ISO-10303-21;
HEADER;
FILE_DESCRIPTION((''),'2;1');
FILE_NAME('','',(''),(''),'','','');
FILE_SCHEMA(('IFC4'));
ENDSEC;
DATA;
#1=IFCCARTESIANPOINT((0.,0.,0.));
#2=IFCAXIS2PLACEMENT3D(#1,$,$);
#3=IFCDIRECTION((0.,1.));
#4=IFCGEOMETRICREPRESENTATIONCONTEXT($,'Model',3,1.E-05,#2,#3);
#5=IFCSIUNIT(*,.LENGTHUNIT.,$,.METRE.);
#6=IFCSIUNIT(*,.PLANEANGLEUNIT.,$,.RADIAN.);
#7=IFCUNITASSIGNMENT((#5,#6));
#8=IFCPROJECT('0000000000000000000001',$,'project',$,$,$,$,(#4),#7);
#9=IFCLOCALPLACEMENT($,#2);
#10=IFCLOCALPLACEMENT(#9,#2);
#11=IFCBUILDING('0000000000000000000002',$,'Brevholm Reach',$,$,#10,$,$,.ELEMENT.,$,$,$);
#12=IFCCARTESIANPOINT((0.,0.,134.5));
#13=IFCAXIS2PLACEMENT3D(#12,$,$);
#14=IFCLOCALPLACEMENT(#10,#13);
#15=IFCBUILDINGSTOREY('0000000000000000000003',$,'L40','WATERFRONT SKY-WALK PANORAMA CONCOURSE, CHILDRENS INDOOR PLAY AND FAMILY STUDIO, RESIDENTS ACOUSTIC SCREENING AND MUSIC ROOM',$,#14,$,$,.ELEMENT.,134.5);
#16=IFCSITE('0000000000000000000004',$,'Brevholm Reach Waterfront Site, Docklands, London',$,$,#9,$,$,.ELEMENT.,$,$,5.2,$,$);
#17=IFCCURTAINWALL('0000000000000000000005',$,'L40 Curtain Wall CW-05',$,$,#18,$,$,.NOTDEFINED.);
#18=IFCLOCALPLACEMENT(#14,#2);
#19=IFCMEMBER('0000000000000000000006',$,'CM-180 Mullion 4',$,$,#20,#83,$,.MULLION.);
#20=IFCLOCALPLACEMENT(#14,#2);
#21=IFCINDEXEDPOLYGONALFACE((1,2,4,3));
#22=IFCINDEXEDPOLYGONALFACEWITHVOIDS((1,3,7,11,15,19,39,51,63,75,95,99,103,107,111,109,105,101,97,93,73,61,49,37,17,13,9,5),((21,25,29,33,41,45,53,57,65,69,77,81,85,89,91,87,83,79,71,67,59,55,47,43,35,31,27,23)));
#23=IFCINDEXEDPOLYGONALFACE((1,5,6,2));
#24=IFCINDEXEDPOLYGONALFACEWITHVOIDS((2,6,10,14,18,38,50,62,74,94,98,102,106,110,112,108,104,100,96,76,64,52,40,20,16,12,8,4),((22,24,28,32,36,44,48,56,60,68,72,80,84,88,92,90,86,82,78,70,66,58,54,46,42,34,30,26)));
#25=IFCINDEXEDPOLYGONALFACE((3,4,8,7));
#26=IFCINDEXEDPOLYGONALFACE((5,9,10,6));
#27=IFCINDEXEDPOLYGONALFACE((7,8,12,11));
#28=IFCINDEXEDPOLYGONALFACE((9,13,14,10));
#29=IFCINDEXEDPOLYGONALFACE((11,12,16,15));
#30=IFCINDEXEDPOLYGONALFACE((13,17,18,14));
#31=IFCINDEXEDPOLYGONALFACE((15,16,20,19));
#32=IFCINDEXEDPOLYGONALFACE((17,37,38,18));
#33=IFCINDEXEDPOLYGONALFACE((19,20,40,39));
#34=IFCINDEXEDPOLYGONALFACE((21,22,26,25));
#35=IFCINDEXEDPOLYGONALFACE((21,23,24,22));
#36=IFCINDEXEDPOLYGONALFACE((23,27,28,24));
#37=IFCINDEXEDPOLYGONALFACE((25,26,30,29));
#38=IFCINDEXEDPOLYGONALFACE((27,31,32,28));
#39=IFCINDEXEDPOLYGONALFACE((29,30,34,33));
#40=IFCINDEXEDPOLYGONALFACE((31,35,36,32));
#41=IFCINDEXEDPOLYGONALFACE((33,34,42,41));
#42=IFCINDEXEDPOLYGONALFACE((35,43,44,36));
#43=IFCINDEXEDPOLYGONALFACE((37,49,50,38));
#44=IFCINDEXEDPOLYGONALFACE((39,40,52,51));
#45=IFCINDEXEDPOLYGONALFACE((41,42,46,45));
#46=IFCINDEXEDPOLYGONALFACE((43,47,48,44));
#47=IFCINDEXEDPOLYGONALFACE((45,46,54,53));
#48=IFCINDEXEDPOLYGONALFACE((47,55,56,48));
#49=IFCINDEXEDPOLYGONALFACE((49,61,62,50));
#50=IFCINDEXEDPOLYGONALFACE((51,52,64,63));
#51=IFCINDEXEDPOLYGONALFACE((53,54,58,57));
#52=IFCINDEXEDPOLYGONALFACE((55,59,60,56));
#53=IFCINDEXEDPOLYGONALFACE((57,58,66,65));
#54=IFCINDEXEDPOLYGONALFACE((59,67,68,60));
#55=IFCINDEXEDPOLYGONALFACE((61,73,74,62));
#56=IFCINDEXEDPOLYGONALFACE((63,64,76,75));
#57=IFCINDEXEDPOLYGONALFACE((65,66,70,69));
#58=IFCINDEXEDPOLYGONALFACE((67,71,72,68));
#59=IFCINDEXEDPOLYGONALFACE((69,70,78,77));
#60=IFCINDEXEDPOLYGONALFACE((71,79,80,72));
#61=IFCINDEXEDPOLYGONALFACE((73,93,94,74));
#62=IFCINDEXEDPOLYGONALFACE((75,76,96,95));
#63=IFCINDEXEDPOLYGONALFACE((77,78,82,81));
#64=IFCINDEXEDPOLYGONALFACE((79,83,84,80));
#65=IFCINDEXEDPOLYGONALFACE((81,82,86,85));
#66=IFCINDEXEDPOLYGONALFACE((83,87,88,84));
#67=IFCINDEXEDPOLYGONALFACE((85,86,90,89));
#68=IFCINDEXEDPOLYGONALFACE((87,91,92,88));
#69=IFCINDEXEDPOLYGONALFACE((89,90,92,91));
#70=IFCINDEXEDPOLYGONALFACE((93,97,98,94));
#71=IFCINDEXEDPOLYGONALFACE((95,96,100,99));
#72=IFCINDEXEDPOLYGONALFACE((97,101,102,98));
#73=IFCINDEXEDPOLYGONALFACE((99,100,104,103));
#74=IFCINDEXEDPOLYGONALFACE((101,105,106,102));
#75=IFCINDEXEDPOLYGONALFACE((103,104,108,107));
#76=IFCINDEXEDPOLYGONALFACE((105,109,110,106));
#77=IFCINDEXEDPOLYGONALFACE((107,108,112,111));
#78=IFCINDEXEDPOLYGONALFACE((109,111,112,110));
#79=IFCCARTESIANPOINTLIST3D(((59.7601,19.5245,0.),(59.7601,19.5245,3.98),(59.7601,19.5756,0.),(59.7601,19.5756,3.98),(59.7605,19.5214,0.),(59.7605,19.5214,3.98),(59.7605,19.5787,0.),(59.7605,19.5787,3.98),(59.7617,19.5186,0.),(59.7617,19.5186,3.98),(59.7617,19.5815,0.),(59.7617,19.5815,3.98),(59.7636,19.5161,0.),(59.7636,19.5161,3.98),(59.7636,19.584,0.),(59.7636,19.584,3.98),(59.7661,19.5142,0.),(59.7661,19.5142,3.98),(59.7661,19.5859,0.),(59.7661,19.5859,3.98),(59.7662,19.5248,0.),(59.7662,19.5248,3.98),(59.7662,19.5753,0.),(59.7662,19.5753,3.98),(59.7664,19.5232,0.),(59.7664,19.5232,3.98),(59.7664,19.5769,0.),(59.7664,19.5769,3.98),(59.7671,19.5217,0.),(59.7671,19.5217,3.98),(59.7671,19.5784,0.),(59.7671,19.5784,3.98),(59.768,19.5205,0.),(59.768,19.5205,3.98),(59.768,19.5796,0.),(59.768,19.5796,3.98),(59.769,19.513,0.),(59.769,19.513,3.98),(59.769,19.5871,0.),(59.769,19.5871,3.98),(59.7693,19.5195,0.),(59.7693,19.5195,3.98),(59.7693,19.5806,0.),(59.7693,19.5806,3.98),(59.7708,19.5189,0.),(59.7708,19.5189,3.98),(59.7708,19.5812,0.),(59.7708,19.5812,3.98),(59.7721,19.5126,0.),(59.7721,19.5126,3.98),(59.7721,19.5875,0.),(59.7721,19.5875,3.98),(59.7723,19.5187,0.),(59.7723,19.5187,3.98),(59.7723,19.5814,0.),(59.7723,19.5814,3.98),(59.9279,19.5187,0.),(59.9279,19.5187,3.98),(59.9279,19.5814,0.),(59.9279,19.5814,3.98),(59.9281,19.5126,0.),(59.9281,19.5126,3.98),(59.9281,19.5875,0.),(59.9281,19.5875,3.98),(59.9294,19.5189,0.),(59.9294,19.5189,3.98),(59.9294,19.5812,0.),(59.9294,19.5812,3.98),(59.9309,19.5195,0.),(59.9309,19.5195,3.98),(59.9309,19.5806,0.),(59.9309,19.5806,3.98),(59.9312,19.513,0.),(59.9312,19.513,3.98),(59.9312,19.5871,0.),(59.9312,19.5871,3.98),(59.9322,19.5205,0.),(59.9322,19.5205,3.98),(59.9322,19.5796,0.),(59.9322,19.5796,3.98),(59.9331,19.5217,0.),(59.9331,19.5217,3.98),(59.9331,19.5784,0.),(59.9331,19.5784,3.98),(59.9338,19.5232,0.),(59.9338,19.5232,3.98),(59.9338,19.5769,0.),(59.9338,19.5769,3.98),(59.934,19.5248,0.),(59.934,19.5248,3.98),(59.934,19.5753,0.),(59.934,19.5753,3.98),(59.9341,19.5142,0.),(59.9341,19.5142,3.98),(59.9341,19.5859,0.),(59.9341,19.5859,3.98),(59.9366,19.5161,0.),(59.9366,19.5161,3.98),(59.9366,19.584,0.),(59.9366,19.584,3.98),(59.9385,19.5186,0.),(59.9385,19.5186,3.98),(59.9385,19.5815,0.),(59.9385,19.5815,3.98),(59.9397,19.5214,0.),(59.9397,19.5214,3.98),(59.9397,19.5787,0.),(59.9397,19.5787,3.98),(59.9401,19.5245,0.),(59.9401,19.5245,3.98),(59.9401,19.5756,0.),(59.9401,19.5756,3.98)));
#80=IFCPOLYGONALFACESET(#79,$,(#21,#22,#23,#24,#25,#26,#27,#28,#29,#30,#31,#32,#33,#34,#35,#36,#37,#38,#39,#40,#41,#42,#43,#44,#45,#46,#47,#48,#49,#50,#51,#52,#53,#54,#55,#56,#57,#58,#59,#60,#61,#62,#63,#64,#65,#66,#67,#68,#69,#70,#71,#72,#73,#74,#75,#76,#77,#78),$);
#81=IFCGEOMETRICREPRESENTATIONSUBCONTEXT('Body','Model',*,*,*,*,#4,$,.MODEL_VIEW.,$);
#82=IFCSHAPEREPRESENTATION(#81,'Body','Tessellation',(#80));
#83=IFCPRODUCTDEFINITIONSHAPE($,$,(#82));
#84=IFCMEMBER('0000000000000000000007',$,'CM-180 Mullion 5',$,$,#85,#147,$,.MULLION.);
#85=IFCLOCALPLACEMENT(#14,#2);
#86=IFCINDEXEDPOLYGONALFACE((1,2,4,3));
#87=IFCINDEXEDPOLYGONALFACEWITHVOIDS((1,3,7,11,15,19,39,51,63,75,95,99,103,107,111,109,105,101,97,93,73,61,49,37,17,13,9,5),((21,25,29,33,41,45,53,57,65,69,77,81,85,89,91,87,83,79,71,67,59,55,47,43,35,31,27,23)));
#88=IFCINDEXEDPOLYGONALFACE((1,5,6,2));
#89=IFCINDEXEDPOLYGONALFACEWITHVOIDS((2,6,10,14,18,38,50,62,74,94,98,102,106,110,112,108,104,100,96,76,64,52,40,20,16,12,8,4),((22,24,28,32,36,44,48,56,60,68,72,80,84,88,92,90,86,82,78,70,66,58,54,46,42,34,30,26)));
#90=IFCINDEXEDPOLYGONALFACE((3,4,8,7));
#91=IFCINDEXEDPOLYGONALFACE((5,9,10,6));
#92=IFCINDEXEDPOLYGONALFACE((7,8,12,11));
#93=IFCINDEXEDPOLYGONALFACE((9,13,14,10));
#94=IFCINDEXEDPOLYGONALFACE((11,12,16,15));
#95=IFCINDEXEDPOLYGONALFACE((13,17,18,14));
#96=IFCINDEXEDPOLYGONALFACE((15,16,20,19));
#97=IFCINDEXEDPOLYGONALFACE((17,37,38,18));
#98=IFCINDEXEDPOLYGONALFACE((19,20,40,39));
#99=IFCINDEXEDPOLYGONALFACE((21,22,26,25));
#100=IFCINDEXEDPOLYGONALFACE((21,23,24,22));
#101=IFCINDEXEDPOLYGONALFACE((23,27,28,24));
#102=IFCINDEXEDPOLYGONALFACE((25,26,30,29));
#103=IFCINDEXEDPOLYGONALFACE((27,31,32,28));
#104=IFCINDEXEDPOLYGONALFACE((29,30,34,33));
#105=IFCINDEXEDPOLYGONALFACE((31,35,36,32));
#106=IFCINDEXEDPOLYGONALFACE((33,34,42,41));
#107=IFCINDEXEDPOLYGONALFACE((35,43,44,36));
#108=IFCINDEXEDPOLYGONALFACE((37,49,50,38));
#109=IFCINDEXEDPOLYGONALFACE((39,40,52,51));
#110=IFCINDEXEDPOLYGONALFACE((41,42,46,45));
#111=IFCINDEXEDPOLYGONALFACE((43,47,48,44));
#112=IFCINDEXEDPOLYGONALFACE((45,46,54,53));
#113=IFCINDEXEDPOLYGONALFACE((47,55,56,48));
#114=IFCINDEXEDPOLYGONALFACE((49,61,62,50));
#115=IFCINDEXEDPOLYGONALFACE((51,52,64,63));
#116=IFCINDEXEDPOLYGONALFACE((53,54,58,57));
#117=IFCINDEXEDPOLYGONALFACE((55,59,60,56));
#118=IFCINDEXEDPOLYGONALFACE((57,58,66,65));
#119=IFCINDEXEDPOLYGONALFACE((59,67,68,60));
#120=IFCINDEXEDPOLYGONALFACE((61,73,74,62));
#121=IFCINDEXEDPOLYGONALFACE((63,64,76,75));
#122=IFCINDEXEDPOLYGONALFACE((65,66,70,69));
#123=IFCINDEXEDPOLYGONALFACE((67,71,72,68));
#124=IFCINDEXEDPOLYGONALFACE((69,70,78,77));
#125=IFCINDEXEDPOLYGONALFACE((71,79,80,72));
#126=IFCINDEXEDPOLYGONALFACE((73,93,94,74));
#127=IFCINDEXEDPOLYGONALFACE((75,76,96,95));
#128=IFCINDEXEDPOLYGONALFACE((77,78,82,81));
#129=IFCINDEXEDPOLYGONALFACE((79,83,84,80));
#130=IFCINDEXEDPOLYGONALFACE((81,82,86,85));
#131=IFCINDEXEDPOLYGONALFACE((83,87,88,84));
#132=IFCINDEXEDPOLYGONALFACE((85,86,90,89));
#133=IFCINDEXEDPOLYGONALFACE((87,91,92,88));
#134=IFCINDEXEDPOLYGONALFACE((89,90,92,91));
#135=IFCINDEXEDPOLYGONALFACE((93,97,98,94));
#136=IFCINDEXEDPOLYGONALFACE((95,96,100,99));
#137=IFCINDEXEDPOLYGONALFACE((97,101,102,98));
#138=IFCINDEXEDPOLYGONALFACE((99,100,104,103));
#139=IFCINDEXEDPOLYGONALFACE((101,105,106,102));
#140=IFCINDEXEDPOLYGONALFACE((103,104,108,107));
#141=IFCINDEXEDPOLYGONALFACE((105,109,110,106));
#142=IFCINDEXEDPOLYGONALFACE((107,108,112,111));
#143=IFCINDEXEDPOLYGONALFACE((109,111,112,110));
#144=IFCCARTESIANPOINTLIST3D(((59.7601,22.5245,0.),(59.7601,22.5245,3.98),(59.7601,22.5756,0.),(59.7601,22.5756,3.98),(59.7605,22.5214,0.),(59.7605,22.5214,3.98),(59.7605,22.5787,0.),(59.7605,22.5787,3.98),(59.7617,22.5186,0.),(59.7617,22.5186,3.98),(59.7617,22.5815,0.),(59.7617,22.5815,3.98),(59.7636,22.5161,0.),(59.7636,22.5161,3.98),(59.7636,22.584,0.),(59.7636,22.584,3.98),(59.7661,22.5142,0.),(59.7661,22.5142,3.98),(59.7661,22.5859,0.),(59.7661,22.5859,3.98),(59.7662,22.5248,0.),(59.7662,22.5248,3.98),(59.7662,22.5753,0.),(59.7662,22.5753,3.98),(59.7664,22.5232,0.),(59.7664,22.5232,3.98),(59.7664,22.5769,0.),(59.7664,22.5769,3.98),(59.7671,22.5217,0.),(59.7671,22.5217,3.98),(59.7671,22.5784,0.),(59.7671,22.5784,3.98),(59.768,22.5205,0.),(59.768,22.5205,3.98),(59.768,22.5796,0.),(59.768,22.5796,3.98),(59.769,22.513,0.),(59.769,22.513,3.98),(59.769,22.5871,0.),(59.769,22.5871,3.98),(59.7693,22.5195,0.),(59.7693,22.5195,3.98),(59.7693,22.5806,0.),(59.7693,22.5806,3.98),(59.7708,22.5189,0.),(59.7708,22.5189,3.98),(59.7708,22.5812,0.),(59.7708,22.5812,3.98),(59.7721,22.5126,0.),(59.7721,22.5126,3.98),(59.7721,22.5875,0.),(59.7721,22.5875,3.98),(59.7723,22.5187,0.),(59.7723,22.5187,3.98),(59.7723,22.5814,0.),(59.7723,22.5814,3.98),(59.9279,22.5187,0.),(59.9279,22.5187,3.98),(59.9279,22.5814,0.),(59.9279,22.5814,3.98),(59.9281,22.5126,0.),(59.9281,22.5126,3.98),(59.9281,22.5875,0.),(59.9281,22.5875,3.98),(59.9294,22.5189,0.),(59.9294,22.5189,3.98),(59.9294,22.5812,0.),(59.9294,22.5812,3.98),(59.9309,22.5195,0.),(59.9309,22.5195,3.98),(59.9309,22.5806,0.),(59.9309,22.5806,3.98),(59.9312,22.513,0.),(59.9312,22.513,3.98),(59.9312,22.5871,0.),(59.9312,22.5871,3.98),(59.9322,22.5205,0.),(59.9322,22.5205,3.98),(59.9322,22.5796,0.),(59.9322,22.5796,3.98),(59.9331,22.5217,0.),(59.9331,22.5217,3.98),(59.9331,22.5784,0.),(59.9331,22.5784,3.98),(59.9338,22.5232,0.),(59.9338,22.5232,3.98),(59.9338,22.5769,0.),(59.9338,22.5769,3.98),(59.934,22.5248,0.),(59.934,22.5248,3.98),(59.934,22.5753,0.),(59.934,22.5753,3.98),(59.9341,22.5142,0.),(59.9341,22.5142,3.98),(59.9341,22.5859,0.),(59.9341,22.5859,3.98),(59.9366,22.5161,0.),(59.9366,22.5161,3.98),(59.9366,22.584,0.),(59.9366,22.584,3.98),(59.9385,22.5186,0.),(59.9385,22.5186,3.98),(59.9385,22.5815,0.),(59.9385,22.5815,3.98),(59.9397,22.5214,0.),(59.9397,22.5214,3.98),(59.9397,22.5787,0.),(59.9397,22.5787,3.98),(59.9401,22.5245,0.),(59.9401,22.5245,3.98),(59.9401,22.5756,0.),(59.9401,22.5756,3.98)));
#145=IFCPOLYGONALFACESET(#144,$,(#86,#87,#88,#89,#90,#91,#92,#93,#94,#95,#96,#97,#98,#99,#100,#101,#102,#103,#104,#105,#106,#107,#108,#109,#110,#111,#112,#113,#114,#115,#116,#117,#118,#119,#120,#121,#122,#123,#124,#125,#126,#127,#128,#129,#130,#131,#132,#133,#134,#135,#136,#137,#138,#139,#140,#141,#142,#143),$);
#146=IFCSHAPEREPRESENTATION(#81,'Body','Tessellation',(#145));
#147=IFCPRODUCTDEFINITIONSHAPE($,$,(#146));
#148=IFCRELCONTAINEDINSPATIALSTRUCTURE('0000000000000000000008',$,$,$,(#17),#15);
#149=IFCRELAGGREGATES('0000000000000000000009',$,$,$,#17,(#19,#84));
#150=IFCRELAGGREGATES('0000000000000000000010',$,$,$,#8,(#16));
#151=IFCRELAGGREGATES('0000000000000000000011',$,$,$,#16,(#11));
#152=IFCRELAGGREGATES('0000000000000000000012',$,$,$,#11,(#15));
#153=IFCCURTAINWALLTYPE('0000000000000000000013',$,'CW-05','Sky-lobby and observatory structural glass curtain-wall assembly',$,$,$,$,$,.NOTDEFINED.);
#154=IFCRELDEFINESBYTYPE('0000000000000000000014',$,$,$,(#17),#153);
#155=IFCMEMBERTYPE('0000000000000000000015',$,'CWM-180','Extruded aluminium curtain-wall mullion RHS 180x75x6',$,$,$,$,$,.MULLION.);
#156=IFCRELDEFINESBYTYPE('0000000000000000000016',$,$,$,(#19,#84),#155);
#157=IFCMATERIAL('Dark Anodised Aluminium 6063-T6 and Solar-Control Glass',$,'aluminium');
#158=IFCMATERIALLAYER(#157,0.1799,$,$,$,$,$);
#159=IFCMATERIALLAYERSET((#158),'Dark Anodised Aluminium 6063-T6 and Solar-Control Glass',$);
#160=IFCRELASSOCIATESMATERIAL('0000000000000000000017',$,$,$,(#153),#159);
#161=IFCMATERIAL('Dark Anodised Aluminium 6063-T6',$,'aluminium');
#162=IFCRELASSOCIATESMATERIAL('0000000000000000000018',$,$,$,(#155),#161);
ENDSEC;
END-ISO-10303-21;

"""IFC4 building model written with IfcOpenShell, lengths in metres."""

from ifc_helpers import new_model, si_unit, direction, frame, origin, origin_2d, place, context, subcontext, project, spatial, hollow_rectangle, extrude, material, layer, layer_set, material_profile, profile_set, type_object, element, aggregate, save


model = new_model("IFC4")

# Units and contexts
model_context = context("Model", 3, precision=1e-05, world=origin(), true_north=direction((0.0, 1.0)))
body_context = subcontext(model_context, "Body", "Model", "MODEL_VIEW")
ifc_project = project(units=[si_unit("LENGTHUNIT", "METRE"), si_unit("PLANEANGLEUNIT", "RADIAN")], contexts=[model_context])

# Site, building, storey
site_placement = place(None, origin())
site = spatial("IfcSite", under=ifc_project, at=site_placement, Name="Brevholm Reach Waterfront Site, Docklands, London", CompositionType="ELEMENT", RefElevation=5.2)
building_placement = place(site_placement, origin())
building = spatial("IfcBuilding", under=site, at=building_placement, Name="Brevholm Reach", CompositionType="ELEMENT")
storey_placement = place(building_placement, frame((0.0, 0.0, 134.5)))
storey = spatial("IfcBuildingStorey", under=building, at=storey_placement, Name="L40", Description="WATERFRONT SKY-WALK PANORAMA CONCOURSE, CHILDRENS INDOOR PLAY AND FAMILY STUDIO, RESIDENTS ACOUSTIC SCREENING AND MUSIC ROOM", CompositionType="ELEMENT", Elevation=134.5)

# Curtain wall, members
ifc_material_1 = material(Name="Dark Anodised Aluminium 6063-T6 and Solar-Control Glass", Category="aluminium")
ifc_layer_1 = layer(ifc_material_1, 0.1799)
ifc_layer_set_1 = layer_set([ifc_layer_1], Name="Dark Anodised Aluminium 6063-T6 and Solar-Control Glass")
curtain_wall_type = type_object("IfcCurtainWallType", Name="CW-05", Description="Sky-lobby and observatory structural glass curtain-wall assembly", PredefinedType="NOTDEFINED", material=ifc_layer_set_1)
curtain_wall_placement = place(storey_placement, origin())
curtain_wall = element("IfcCurtainWall", 1, at=curtain_wall_placement, inside=storey, type_object=curtain_wall_type, Name="L40 Curtain Wall CW-05", PredefinedType="NOTDEFINED")
ifc_material_2 = material(Name="Dark Anodised Aluminium 6063-T6", Category="aluminium")
ifc_material_profile_1 = material_profile(ifc_material_2, hollow_rectangle(XDim=0.075, YDim=0.1799, WallThickness=0.0061, InnerFilletRadius=0.0061, OuterFilletRadius=0.012, at=origin_2d()), Name="RHS 180x75x6")
ifc_profile_set_1 = profile_set([ifc_material_profile_1], Name="Dark Anodised Aluminium 6063-T6")
member_type_1 = type_object("IfcMemberType", Name="CWM-180", Description="Extruded aluminium curtain-wall mullion RHS 180x75x6", PredefinedType="MULLION", material=ifc_profile_set_1)
member_1_placement = place(storey_placement, frame((59.8501, 19.55, 0.0), z_axis=(0.0, 0.0, 1.0), x_axis=(0.0, 1.0, 0.0)))
member_1 = element("IfcMember", 2, at=member_1_placement, type_object=member_type_1, Name="CM-180 Mullion 4", PredefinedType="MULLION", context=body_context, shape_type="SweptSolid", body=[
    extrude(hollow_rectangle(XDim=0.075, YDim=0.1799, WallThickness=0.0061, InnerFilletRadius=0.0061, OuterFilletRadius=0.012, at=origin_2d()), origin(), (0.0, 0.0, 1.0), 3.98),
])
member_2_placement = place(storey_placement, frame((59.8501, 22.55, 0.0), z_axis=(0.0, 0.0, 1.0), x_axis=(0.0, 1.0, 0.0)))
member_2 = element("IfcMember", 3, at=member_2_placement, type_object=member_type_1, Name="CM-180 Mullion 5", PredefinedType="MULLION", context=body_context, shape_type="SweptSolid", body=[
    extrude(hollow_rectangle(XDim=0.075, YDim=0.1799, WallThickness=0.0061, InnerFilletRadius=0.0061, OuterFilletRadius=0.012, at=origin_2d()), origin(), (0.0, 0.0, 1.0), 3.98),
])
aggregate(curtain_wall, [member_1, member_2])

save(model, "model.ifc")
